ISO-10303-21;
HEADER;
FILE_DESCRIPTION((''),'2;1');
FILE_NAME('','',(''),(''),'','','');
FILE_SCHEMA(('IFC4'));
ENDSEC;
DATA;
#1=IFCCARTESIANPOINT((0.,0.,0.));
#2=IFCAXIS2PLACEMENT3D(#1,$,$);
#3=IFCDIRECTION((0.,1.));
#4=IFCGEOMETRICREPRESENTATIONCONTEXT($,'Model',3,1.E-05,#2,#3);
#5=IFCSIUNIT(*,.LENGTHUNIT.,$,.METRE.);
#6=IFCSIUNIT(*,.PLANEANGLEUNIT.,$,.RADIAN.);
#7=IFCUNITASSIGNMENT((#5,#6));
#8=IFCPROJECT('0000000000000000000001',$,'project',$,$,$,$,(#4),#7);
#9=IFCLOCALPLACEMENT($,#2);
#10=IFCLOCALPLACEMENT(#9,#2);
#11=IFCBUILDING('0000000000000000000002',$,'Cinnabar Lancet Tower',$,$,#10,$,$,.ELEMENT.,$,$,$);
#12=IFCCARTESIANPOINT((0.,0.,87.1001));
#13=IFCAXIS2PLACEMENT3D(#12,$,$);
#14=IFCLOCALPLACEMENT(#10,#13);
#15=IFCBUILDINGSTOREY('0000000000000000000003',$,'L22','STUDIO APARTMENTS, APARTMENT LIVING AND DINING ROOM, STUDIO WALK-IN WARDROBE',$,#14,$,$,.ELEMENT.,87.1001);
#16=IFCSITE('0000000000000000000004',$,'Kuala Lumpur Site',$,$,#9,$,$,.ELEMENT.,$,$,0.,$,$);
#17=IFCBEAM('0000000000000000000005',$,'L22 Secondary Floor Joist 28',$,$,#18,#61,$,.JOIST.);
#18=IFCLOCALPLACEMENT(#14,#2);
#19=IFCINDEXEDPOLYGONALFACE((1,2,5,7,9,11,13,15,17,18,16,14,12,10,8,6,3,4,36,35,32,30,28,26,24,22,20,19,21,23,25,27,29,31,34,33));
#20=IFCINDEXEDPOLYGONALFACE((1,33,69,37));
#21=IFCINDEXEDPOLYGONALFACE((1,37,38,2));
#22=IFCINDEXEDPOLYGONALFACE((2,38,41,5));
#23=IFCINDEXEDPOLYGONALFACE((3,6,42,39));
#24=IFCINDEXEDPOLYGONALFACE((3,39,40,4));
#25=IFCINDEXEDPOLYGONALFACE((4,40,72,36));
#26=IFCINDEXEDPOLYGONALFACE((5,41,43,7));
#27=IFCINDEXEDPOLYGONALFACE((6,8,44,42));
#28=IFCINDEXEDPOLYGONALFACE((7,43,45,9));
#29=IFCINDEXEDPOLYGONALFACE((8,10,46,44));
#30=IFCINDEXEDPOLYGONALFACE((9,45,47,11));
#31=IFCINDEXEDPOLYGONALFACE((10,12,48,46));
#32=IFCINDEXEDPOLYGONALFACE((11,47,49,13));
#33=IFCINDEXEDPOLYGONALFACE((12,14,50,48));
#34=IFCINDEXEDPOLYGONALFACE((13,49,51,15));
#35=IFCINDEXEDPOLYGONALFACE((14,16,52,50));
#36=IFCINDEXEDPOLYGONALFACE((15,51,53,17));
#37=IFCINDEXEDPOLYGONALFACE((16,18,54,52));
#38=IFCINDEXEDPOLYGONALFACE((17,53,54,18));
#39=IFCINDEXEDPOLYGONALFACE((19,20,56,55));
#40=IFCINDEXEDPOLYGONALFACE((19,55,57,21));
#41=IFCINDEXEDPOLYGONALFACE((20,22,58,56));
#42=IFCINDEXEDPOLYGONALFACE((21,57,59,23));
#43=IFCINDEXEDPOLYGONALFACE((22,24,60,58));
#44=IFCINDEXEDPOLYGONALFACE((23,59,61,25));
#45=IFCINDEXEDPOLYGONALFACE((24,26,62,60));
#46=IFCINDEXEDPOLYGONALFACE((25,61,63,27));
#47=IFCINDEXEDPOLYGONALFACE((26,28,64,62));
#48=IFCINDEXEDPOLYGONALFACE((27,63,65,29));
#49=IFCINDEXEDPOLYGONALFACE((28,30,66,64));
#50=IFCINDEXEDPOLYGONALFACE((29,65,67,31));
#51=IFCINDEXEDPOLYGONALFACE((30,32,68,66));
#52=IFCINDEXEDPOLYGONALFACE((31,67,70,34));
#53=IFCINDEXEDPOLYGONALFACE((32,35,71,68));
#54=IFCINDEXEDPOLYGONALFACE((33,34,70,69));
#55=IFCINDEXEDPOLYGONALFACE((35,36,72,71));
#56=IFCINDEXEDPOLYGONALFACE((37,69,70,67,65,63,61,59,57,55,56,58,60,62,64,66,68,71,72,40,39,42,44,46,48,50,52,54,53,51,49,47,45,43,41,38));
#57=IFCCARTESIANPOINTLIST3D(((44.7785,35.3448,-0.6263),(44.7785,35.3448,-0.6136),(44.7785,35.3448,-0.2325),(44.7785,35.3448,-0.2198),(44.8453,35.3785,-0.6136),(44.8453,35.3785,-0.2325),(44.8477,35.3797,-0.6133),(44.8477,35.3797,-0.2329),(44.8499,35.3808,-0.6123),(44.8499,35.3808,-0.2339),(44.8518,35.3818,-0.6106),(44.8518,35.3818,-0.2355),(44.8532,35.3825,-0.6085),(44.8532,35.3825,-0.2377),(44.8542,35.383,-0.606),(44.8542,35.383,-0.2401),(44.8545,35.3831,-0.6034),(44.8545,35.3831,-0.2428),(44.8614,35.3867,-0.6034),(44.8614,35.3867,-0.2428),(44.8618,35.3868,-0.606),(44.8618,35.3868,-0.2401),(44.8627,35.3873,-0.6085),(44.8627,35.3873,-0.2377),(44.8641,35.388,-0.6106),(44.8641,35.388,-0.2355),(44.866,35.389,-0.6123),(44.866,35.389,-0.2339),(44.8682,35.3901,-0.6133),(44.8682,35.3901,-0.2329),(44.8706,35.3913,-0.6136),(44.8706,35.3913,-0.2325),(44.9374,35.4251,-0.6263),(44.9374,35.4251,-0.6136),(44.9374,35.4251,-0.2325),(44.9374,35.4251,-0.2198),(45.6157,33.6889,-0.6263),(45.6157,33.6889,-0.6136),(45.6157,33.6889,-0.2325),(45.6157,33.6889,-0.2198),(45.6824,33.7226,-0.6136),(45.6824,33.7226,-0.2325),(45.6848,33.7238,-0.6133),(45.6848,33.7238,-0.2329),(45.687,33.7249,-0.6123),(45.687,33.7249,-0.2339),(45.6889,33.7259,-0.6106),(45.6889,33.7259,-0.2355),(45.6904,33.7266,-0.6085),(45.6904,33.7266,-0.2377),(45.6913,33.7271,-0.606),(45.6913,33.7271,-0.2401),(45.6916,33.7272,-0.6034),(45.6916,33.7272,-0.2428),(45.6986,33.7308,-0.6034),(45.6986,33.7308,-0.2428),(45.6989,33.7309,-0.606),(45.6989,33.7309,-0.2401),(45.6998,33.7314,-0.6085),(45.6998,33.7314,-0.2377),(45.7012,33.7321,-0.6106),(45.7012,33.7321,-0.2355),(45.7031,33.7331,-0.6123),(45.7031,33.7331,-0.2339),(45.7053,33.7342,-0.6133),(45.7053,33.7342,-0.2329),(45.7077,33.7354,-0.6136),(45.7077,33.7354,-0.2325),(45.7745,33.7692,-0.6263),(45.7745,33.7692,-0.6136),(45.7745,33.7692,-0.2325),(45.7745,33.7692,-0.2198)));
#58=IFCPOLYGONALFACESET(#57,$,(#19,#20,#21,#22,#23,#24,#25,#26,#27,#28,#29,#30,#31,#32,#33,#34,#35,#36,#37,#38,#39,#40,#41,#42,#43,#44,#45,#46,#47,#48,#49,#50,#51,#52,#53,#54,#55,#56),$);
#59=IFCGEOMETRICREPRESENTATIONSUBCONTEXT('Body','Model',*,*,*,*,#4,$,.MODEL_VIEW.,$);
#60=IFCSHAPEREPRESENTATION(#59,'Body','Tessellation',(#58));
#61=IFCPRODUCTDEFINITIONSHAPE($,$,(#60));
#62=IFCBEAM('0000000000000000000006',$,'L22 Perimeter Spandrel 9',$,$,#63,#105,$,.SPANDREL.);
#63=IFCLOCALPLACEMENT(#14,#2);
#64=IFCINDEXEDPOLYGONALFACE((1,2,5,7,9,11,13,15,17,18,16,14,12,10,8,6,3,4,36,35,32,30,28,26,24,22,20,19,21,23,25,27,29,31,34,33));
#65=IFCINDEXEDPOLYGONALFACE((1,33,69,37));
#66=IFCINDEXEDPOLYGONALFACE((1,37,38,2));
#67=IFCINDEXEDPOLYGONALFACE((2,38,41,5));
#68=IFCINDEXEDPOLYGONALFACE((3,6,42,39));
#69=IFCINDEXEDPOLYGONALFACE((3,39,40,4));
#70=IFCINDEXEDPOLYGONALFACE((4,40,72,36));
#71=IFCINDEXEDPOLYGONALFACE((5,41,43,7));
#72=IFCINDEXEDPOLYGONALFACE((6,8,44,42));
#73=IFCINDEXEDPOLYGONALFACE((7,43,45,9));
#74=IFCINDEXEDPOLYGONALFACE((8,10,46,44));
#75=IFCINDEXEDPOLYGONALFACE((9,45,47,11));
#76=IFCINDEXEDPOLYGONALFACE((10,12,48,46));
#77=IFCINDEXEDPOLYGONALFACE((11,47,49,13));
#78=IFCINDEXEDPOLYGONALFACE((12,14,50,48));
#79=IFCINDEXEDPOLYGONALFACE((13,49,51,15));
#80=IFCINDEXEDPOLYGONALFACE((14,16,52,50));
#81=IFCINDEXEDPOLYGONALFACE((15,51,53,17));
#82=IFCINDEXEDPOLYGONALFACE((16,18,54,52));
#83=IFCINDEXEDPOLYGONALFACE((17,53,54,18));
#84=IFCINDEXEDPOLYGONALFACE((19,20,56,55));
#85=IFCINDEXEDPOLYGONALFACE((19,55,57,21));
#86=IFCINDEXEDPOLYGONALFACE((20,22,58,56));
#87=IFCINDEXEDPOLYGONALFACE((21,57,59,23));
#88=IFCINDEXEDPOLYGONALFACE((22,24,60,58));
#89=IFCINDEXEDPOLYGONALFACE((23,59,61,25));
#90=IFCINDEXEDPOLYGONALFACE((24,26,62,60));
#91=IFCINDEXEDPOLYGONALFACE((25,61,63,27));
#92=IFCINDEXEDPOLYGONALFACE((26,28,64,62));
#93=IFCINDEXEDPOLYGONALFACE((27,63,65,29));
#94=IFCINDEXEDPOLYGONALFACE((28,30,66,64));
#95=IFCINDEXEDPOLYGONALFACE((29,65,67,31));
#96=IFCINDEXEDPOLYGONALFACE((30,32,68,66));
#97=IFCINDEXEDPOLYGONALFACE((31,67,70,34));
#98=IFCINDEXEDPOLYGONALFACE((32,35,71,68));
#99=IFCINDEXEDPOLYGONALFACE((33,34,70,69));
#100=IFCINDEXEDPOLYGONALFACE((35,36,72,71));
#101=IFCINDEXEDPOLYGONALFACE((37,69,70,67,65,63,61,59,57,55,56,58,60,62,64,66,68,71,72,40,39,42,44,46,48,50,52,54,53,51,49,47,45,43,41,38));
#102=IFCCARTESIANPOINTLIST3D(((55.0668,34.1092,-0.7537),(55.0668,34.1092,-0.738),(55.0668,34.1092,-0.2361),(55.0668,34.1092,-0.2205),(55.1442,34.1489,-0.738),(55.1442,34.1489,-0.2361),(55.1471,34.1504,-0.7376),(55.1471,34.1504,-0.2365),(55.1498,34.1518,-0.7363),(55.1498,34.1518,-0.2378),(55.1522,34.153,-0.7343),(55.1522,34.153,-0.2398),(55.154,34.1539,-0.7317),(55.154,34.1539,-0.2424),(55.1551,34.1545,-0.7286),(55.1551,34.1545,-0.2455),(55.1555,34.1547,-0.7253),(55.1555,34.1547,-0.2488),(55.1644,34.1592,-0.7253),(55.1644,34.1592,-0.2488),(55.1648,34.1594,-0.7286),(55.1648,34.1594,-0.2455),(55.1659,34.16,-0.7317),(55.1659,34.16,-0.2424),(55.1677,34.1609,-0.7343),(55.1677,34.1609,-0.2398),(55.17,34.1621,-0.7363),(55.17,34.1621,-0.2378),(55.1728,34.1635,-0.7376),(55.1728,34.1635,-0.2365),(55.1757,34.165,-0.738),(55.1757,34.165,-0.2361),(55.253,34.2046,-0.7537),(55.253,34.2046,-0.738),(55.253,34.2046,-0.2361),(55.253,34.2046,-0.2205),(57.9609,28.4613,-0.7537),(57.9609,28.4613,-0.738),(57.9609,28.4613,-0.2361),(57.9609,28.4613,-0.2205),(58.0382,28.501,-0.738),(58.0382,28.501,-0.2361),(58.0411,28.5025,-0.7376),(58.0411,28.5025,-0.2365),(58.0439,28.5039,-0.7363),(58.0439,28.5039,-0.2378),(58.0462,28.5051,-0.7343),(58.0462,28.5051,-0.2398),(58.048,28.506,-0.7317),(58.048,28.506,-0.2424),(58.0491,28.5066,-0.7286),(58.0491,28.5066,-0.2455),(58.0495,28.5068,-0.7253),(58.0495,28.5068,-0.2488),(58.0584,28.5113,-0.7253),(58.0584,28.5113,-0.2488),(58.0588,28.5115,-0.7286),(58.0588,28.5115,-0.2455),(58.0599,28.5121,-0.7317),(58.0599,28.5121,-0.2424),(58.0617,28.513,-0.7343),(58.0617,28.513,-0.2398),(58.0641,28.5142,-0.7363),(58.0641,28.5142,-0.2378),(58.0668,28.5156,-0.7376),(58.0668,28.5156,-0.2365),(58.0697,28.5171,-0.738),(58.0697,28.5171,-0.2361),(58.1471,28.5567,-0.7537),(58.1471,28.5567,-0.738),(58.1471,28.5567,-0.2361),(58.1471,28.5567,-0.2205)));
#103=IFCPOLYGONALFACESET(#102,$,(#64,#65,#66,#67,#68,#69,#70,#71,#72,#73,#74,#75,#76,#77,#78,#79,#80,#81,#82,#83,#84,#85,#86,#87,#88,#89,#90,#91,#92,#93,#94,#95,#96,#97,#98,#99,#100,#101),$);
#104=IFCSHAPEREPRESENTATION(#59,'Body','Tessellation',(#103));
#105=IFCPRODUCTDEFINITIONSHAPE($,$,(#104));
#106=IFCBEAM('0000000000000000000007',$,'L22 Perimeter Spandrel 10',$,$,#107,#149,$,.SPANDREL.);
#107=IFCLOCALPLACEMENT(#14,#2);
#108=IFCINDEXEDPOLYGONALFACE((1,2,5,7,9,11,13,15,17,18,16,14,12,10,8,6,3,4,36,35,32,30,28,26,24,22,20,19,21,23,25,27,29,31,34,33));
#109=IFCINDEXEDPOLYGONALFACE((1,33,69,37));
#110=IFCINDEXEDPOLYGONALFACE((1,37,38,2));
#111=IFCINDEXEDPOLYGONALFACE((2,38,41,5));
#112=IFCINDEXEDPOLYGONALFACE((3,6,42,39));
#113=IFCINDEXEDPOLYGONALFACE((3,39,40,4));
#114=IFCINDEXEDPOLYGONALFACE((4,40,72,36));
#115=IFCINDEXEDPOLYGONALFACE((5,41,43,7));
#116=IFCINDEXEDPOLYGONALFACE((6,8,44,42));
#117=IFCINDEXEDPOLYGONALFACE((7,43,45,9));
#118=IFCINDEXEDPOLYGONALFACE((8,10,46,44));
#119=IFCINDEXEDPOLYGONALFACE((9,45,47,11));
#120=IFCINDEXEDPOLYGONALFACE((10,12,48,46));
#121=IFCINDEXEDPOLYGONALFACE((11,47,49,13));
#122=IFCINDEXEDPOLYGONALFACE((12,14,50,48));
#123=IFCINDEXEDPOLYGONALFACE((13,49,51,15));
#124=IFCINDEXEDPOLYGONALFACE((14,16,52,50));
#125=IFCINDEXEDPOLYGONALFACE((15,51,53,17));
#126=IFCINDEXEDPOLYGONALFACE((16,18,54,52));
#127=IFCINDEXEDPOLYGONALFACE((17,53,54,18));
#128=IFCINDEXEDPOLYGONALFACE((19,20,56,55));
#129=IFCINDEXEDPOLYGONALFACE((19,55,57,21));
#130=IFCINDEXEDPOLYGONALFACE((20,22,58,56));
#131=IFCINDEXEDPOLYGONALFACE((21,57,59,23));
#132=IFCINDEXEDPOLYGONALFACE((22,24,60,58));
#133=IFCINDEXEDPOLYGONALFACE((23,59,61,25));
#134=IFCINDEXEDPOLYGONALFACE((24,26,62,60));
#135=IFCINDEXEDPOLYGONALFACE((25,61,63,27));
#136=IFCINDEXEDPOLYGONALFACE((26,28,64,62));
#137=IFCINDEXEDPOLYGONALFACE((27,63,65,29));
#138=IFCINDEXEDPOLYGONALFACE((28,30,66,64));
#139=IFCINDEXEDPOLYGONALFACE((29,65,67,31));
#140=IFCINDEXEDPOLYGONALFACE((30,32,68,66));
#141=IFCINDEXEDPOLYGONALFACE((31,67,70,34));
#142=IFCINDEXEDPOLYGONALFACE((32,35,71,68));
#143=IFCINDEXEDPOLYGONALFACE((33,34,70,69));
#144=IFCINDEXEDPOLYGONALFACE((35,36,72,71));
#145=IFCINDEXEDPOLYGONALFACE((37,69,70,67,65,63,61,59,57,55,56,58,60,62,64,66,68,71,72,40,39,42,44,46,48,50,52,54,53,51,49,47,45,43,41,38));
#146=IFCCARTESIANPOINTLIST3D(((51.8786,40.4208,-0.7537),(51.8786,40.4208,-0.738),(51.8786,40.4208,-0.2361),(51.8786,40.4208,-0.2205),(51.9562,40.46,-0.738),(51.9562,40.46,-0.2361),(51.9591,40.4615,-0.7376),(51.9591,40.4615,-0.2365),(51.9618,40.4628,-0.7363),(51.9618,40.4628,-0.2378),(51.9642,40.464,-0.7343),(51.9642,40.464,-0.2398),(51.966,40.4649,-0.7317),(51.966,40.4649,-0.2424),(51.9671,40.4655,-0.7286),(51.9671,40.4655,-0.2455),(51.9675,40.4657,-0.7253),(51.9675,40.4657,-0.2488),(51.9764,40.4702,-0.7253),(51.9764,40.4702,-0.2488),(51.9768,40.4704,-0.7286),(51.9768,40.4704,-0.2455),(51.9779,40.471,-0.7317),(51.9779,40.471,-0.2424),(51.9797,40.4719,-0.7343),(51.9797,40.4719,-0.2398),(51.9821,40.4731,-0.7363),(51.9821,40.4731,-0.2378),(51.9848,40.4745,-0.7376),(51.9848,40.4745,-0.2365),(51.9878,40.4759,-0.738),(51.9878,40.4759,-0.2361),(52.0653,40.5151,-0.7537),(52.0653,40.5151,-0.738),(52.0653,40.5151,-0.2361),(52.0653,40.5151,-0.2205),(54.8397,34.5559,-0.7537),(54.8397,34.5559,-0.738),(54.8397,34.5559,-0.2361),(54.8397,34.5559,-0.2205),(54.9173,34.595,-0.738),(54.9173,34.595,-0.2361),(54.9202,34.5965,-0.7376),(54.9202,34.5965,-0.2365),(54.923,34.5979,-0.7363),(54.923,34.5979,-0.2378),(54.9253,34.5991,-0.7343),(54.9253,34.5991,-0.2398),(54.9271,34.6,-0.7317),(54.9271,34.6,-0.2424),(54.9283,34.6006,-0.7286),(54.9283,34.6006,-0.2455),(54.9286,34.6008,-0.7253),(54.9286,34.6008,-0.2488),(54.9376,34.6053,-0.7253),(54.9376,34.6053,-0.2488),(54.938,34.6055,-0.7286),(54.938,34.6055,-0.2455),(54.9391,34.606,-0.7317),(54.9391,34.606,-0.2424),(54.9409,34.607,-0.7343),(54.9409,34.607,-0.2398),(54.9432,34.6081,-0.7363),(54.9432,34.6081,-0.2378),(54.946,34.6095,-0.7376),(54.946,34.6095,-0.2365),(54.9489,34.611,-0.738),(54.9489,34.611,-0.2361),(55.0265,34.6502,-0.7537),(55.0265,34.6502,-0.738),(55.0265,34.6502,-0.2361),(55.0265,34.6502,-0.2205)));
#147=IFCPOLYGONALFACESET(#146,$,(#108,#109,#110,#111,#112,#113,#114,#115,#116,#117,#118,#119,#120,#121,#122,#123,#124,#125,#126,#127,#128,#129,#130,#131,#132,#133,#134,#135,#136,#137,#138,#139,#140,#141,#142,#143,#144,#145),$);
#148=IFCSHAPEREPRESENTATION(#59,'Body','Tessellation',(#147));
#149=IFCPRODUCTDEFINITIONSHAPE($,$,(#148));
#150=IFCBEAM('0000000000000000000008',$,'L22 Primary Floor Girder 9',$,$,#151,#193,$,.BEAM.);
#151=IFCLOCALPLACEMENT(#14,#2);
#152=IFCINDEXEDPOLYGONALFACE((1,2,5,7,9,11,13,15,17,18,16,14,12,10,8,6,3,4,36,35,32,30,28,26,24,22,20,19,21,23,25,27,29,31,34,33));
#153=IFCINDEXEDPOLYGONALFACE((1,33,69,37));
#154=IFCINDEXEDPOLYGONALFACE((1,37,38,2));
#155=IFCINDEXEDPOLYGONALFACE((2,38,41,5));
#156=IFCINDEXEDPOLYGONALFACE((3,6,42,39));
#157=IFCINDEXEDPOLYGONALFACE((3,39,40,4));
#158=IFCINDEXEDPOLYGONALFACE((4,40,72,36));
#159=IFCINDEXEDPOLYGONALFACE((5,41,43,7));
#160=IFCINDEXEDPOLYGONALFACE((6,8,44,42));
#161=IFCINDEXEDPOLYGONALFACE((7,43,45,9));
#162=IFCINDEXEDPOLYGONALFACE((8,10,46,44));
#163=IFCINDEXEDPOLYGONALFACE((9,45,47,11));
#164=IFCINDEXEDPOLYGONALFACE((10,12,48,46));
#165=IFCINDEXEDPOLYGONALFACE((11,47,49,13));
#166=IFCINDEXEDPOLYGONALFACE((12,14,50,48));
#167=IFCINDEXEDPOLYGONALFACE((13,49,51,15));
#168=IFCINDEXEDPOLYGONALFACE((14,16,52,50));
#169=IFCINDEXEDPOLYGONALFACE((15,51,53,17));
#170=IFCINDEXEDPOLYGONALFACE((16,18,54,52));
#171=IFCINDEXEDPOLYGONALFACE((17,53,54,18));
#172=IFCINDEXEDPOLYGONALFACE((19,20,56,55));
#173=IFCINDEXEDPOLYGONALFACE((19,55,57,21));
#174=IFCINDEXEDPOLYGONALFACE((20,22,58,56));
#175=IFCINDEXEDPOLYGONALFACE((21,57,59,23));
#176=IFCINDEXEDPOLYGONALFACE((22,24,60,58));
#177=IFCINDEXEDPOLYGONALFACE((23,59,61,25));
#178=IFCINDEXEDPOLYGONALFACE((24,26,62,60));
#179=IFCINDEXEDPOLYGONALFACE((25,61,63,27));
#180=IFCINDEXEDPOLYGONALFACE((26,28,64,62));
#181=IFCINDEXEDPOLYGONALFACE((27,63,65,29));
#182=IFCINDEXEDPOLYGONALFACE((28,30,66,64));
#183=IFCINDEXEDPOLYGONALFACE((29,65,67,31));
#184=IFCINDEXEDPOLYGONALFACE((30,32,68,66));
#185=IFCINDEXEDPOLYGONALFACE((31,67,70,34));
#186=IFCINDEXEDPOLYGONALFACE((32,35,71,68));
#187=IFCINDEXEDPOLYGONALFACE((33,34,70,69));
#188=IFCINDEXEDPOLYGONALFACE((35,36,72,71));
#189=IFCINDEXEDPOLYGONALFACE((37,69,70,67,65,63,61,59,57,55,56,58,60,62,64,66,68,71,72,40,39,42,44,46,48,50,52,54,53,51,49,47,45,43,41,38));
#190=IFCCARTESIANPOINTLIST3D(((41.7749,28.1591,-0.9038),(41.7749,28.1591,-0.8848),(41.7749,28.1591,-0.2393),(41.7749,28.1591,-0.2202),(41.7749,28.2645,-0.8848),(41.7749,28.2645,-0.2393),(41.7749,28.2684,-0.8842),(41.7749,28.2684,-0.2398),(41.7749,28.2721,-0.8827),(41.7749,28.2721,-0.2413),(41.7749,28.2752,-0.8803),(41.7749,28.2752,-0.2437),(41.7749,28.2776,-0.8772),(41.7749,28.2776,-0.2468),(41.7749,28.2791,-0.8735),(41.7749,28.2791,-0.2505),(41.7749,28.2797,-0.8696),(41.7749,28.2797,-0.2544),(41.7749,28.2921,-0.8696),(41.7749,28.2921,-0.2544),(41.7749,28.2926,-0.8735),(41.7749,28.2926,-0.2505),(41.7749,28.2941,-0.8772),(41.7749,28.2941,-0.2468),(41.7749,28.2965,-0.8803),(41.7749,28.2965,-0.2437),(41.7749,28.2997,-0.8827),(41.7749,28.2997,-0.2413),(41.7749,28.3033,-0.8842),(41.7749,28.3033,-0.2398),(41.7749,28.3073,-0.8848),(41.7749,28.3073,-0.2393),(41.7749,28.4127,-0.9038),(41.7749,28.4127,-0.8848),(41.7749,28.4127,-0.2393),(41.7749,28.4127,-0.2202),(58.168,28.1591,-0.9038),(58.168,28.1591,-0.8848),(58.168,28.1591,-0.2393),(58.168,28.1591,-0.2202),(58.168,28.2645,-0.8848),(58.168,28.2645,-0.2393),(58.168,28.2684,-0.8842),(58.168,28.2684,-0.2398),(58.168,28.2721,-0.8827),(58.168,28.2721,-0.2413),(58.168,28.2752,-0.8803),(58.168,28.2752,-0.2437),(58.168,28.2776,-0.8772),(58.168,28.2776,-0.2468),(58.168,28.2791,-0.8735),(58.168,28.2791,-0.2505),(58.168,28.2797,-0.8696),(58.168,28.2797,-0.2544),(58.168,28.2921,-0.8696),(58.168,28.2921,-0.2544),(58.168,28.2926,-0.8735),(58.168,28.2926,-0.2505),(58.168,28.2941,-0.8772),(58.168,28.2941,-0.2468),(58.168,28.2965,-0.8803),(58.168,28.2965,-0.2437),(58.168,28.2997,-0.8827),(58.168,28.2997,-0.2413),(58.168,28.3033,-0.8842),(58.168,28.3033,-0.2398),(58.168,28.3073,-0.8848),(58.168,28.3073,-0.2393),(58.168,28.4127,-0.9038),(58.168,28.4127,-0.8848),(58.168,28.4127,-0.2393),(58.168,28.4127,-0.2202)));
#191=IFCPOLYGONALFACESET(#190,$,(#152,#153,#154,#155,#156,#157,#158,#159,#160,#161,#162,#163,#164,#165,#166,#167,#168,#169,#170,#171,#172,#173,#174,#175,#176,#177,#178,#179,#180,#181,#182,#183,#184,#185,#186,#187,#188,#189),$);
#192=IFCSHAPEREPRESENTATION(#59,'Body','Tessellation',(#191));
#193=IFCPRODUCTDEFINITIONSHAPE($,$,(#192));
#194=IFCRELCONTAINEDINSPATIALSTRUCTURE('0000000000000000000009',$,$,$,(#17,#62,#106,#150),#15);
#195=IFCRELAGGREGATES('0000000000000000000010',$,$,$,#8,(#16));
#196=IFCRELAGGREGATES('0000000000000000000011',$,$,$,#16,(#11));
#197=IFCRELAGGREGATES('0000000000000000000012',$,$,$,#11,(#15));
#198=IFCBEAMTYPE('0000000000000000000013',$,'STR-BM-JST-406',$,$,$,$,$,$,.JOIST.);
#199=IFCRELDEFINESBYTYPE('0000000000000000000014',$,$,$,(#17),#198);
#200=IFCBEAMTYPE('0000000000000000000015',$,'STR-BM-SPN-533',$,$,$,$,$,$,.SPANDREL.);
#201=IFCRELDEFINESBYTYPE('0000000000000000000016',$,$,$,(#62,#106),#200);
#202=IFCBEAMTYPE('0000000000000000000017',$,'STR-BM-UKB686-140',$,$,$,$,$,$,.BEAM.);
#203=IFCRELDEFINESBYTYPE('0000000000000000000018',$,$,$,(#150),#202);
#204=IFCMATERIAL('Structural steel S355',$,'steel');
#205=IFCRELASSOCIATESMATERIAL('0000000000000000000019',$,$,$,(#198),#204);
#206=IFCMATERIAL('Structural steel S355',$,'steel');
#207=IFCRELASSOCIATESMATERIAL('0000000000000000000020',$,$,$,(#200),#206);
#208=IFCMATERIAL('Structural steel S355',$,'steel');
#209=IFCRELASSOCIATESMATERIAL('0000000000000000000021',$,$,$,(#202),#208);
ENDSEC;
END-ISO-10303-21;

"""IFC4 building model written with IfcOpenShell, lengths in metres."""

from ifc_helpers import new_model, si_unit, direction, frame, origin, origin_2d, place, context, subcontext, project, spatial, i_section, extrude, material, material_profile, profile_set, type_object, element, save


model = new_model("IFC4")

# Units and contexts
model_context = context("Model", 3, precision=1e-05, world=origin(), true_north=direction((0.0, 1.0)))
body_context = subcontext(model_context, "Body", "Model", "MODEL_VIEW")
ifc_project = project(units=[si_unit("LENGTHUNIT", "METRE"), si_unit("PLANEANGLEUNIT", "RADIAN")], contexts=[model_context])

# Site, building, storey
site_placement = place(None, origin())
site = spatial("IfcSite", under=ifc_project, at=site_placement, Name="Kuala Lumpur Site", CompositionType="ELEMENT", RefElevation=0.0)
building_placement = place(site_placement, origin())
building = spatial("IfcBuilding", under=site, at=building_placement, Name="Cinnabar Lancet Tower", CompositionType="ELEMENT")
storey_placement = place(building_placement, frame((0.0, 0.0, 87.1001)))
storey = spatial("IfcBuildingStorey", under=building, at=storey_placement, Name="L22", Description="STUDIO APARTMENTS, APARTMENT LIVING AND DINING ROOM, STUDIO WALK-IN WARDROBE", CompositionType="ELEMENT", Elevation=87.1001)

# Beams
ifc_material_1 = material(Name="Structural steel S355", Category="steel")
ifc_material_profile_1 = material_profile(ifc_material_1, i_section(OverallWidth=0.178, OverallDepth=0.4065, WebThickness=0.0078, FlangeThickness=0.0127, FilletRadius=0.0103, at=origin_2d()), Name="UKB 406x178x60")
ifc_profile_set_1 = profile_set([ifc_material_profile_1], Name="Structural steel S355")
beam_type_1 = type_object("IfcBeamType", Name="STR-BM-JST-406", PredefinedType="JOIST", material=ifc_profile_set_1)
beam_1_placement = place(storey_placement, frame((45.6951, 33.729, -0.4231), z_axis=(-0.451156, 0.892445, 0.0), x_axis=(-0.892445, -0.451156, 0.0)))
element("IfcBeam", 1, at=beam_1_placement, inside=storey, type_object=beam_type_1, Name="L22 Secondary Floor Joist 28", PredefinedType="JOIST", context=body_context, shape_type="SweptSolid", body=[
    extrude(i_section(OverallWidth=0.178, OverallDepth=0.4065, WebThickness=0.0078, FlangeThickness=0.0127, FilletRadius=0.0103, at=origin_2d()), origin(), (0.0, 0.0, 1.0), 1.8555),
])
ifc_material_2 = material(Name="Structural steel S355", Category="steel")
ifc_material_profile_2 = material_profile(ifc_material_2, i_section(OverallWidth=0.2092, OverallDepth=0.5332, WebThickness=0.01, FlangeThickness=0.0156, FilletRadius=0.0127, at=origin_2d()), Name="UKB 533x210x92")
ifc_profile_set_2 = profile_set([ifc_material_profile_2], Name="Structural steel S355")
beam_type_2 = type_object("IfcBeamType", Name="STR-BM-SPN-533", PredefinedType="SPANDREL", material=ifc_profile_set_2)
beam_2_placement = place(storey_placement, frame((58.054, 28.509, -0.4871), z_axis=(-0.456025, 0.889967, 0.0), x_axis=(-0.889967, -0.456025, 0.0)))
element("IfcBeam", 2, at=beam_2_placement, inside=storey, type_object=beam_type_2, Name="L22 Perimeter Spandrel 9", PredefinedType="SPANDREL", context=body_context, shape_type="SweptSolid", body=[
    extrude(i_section(OverallWidth=0.2092, OverallDepth=0.5332, WebThickness=0.01, FlangeThickness=0.0156, FilletRadius=0.0127, at=origin_2d()), origin(), (0.0, 0.0, 1.0), 6.3462),
])
beam_3_placement = place(storey_placement, frame((54.9331, 34.603, -0.4871), z_axis=(-0.450703, 0.892674, 0.0), x_axis=(-0.892674, -0.450703, 0.0)))
element("IfcBeam", 3, at=beam_3_placement, inside=storey, type_object=beam_type_2, Name="L22 Perimeter Spandrel 10", PredefinedType="SPANDREL", context=body_context, shape_type="SweptSolid", body=[
    extrude(i_section(OverallWidth=0.2092, OverallDepth=0.5332, WebThickness=0.01, FlangeThickness=0.0156, FilletRadius=0.0127, at=origin_2d()), origin(), (0.0, 0.0, 1.0), 6.5701),
])
ifc_material_3 = material(Name="Structural steel S355", Category="steel")
ifc_material_profile_3 = material_profile(ifc_material_3, i_section(OverallWidth=0.2537, OverallDepth=0.6836, WebThickness=0.0125, FlangeThickness=0.019, FilletRadius=0.0151, at=origin_2d()), Name="UKB 686x254x140")
ifc_profile_set_3 = profile_set([ifc_material_profile_3], Name="Structural steel S355")
beam_type_3 = type_object("IfcBeamType", Name="STR-BM-UKB686-140", PredefinedType="BEAM", material=ifc_profile_set_3)
beam_4_placement = place(storey_placement, frame((58.168, 28.2859, -0.562), z_axis=(-1.0, 0.0, 0.0), x_axis=(0.0, -1.0, 0.0)))
element("IfcBeam", 4, at=beam_4_placement, inside=storey, type_object=beam_type_3, Name="L22 Primary Floor Girder 9", PredefinedType="BEAM", context=body_context, shape_type="SweptSolid", body=[
    extrude(i_section(OverallWidth=0.2537, OverallDepth=0.6836, WebThickness=0.0125, FlangeThickness=0.019, FilletRadius=0.0151, at=origin_2d()), origin(), (0.0, 0.0, 1.0), 16.3931),
])

save(model, "model.ifc")
